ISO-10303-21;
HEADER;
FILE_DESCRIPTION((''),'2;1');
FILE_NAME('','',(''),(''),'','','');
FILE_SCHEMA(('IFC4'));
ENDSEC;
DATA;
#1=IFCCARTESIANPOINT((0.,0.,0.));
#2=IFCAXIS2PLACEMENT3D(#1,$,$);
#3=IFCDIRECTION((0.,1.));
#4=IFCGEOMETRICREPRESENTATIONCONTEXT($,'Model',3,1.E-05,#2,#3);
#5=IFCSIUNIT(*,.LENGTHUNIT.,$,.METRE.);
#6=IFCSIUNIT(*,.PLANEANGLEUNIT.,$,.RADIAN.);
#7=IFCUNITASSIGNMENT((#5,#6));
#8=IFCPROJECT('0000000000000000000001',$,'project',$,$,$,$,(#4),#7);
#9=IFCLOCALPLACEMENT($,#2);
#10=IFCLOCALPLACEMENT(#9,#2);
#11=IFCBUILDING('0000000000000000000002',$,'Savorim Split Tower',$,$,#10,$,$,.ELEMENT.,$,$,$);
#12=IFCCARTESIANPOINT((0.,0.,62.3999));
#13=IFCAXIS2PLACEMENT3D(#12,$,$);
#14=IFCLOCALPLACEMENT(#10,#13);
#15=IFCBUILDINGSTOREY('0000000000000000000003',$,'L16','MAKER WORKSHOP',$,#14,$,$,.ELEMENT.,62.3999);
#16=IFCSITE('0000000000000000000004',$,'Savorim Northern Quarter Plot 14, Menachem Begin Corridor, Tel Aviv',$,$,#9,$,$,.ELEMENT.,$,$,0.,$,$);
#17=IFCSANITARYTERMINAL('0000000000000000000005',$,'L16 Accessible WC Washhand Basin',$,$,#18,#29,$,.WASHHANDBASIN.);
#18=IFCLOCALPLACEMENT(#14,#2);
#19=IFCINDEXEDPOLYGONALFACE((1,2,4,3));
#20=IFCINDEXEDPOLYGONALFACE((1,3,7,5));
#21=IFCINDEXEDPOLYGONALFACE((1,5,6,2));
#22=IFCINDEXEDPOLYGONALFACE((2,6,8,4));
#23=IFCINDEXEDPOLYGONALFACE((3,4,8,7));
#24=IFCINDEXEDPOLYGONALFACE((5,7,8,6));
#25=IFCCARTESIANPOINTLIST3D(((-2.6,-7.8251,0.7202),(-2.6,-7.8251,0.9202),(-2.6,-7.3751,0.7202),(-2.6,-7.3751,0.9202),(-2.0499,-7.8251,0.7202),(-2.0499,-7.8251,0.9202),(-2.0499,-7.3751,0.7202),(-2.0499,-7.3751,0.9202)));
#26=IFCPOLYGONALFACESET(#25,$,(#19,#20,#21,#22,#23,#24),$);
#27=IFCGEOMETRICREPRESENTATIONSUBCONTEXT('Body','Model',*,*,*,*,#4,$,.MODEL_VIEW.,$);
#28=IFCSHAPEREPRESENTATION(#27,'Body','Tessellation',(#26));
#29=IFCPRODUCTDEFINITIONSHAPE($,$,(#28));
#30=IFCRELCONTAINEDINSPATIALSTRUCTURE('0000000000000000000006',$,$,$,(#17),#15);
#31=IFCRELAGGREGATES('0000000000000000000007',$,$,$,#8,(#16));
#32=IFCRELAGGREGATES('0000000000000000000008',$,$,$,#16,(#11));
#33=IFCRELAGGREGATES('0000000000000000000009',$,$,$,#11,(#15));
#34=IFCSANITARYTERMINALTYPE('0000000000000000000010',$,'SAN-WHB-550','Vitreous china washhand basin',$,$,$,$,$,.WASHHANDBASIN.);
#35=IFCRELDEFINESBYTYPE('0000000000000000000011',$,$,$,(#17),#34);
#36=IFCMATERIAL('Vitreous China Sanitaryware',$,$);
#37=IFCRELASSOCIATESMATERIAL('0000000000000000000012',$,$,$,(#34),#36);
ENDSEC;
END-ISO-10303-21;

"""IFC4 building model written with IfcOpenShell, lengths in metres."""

from ifc_helpers import new_model, si_unit, direction, frame, origin, origin_2d, place, context, subcontext, project, spatial, rectangle, extrude, material, type_object, element, save


model = new_model("IFC4")

# Units and contexts
model_context = context("Model", 3, precision=1e-05, world=origin(), true_north=direction((0.0, 1.0)))
body_context = subcontext(model_context, "Body", "Model", "MODEL_VIEW")
ifc_project = project(units=[si_unit("LENGTHUNIT", "METRE"), si_unit("PLANEANGLEUNIT", "RADIAN")], contexts=[model_context])

# Site, building, storey
site_placement = place(None, origin())
site = spatial("IfcSite", under=ifc_project, at=site_placement, Name="Savorim Northern Quarter Plot 14, Menachem Begin Corridor, Tel Aviv", CompositionType="ELEMENT", RefElevation=0.0)
building_placement = place(site_placement, origin())
building = spatial("IfcBuilding", under=site, at=building_placement, Name="Savorim Split Tower", CompositionType="ELEMENT")
storey_placement = place(building_placement, frame((0.0, 0.0, 62.3999)))
storey = spatial("IfcBuildingStorey", under=building, at=storey_placement, Name="L16", Description="MAKER WORKSHOP", CompositionType="ELEMENT", Elevation=62.3999)

# Sanitary terminal
ifc_material_1 = material(Name="Vitreous China Sanitaryware")
sanitary_terminal_type_1 = type_object("IfcSanitaryTerminalType", Name="SAN-WHB-550", Description="Vitreous china washhand basin", PredefinedType="WASHHANDBASIN", material=ifc_material_1)
sanitary_terminal_1_placement = place(storey_placement, frame((-2.325, -7.6001, 0.7202), z_axis=(0.0, 0.0, 1.0), x_axis=(1.0, 0.0, 0.0)))
element("IfcSanitaryTerminal", 1, at=sanitary_terminal_1_placement, inside=storey, type_object=sanitary_terminal_type_1, Name="L16 Accessible WC Washhand Basin", PredefinedType="WASHHANDBASIN", context=body_context, shape_type="SweptSolid", body=[
    extrude(rectangle(XDim=0.55, YDim=0.45, at=origin_2d()), origin(), (0.0, 0.0, 1.0), 0.2),
])

save(model, "model.ifc")
